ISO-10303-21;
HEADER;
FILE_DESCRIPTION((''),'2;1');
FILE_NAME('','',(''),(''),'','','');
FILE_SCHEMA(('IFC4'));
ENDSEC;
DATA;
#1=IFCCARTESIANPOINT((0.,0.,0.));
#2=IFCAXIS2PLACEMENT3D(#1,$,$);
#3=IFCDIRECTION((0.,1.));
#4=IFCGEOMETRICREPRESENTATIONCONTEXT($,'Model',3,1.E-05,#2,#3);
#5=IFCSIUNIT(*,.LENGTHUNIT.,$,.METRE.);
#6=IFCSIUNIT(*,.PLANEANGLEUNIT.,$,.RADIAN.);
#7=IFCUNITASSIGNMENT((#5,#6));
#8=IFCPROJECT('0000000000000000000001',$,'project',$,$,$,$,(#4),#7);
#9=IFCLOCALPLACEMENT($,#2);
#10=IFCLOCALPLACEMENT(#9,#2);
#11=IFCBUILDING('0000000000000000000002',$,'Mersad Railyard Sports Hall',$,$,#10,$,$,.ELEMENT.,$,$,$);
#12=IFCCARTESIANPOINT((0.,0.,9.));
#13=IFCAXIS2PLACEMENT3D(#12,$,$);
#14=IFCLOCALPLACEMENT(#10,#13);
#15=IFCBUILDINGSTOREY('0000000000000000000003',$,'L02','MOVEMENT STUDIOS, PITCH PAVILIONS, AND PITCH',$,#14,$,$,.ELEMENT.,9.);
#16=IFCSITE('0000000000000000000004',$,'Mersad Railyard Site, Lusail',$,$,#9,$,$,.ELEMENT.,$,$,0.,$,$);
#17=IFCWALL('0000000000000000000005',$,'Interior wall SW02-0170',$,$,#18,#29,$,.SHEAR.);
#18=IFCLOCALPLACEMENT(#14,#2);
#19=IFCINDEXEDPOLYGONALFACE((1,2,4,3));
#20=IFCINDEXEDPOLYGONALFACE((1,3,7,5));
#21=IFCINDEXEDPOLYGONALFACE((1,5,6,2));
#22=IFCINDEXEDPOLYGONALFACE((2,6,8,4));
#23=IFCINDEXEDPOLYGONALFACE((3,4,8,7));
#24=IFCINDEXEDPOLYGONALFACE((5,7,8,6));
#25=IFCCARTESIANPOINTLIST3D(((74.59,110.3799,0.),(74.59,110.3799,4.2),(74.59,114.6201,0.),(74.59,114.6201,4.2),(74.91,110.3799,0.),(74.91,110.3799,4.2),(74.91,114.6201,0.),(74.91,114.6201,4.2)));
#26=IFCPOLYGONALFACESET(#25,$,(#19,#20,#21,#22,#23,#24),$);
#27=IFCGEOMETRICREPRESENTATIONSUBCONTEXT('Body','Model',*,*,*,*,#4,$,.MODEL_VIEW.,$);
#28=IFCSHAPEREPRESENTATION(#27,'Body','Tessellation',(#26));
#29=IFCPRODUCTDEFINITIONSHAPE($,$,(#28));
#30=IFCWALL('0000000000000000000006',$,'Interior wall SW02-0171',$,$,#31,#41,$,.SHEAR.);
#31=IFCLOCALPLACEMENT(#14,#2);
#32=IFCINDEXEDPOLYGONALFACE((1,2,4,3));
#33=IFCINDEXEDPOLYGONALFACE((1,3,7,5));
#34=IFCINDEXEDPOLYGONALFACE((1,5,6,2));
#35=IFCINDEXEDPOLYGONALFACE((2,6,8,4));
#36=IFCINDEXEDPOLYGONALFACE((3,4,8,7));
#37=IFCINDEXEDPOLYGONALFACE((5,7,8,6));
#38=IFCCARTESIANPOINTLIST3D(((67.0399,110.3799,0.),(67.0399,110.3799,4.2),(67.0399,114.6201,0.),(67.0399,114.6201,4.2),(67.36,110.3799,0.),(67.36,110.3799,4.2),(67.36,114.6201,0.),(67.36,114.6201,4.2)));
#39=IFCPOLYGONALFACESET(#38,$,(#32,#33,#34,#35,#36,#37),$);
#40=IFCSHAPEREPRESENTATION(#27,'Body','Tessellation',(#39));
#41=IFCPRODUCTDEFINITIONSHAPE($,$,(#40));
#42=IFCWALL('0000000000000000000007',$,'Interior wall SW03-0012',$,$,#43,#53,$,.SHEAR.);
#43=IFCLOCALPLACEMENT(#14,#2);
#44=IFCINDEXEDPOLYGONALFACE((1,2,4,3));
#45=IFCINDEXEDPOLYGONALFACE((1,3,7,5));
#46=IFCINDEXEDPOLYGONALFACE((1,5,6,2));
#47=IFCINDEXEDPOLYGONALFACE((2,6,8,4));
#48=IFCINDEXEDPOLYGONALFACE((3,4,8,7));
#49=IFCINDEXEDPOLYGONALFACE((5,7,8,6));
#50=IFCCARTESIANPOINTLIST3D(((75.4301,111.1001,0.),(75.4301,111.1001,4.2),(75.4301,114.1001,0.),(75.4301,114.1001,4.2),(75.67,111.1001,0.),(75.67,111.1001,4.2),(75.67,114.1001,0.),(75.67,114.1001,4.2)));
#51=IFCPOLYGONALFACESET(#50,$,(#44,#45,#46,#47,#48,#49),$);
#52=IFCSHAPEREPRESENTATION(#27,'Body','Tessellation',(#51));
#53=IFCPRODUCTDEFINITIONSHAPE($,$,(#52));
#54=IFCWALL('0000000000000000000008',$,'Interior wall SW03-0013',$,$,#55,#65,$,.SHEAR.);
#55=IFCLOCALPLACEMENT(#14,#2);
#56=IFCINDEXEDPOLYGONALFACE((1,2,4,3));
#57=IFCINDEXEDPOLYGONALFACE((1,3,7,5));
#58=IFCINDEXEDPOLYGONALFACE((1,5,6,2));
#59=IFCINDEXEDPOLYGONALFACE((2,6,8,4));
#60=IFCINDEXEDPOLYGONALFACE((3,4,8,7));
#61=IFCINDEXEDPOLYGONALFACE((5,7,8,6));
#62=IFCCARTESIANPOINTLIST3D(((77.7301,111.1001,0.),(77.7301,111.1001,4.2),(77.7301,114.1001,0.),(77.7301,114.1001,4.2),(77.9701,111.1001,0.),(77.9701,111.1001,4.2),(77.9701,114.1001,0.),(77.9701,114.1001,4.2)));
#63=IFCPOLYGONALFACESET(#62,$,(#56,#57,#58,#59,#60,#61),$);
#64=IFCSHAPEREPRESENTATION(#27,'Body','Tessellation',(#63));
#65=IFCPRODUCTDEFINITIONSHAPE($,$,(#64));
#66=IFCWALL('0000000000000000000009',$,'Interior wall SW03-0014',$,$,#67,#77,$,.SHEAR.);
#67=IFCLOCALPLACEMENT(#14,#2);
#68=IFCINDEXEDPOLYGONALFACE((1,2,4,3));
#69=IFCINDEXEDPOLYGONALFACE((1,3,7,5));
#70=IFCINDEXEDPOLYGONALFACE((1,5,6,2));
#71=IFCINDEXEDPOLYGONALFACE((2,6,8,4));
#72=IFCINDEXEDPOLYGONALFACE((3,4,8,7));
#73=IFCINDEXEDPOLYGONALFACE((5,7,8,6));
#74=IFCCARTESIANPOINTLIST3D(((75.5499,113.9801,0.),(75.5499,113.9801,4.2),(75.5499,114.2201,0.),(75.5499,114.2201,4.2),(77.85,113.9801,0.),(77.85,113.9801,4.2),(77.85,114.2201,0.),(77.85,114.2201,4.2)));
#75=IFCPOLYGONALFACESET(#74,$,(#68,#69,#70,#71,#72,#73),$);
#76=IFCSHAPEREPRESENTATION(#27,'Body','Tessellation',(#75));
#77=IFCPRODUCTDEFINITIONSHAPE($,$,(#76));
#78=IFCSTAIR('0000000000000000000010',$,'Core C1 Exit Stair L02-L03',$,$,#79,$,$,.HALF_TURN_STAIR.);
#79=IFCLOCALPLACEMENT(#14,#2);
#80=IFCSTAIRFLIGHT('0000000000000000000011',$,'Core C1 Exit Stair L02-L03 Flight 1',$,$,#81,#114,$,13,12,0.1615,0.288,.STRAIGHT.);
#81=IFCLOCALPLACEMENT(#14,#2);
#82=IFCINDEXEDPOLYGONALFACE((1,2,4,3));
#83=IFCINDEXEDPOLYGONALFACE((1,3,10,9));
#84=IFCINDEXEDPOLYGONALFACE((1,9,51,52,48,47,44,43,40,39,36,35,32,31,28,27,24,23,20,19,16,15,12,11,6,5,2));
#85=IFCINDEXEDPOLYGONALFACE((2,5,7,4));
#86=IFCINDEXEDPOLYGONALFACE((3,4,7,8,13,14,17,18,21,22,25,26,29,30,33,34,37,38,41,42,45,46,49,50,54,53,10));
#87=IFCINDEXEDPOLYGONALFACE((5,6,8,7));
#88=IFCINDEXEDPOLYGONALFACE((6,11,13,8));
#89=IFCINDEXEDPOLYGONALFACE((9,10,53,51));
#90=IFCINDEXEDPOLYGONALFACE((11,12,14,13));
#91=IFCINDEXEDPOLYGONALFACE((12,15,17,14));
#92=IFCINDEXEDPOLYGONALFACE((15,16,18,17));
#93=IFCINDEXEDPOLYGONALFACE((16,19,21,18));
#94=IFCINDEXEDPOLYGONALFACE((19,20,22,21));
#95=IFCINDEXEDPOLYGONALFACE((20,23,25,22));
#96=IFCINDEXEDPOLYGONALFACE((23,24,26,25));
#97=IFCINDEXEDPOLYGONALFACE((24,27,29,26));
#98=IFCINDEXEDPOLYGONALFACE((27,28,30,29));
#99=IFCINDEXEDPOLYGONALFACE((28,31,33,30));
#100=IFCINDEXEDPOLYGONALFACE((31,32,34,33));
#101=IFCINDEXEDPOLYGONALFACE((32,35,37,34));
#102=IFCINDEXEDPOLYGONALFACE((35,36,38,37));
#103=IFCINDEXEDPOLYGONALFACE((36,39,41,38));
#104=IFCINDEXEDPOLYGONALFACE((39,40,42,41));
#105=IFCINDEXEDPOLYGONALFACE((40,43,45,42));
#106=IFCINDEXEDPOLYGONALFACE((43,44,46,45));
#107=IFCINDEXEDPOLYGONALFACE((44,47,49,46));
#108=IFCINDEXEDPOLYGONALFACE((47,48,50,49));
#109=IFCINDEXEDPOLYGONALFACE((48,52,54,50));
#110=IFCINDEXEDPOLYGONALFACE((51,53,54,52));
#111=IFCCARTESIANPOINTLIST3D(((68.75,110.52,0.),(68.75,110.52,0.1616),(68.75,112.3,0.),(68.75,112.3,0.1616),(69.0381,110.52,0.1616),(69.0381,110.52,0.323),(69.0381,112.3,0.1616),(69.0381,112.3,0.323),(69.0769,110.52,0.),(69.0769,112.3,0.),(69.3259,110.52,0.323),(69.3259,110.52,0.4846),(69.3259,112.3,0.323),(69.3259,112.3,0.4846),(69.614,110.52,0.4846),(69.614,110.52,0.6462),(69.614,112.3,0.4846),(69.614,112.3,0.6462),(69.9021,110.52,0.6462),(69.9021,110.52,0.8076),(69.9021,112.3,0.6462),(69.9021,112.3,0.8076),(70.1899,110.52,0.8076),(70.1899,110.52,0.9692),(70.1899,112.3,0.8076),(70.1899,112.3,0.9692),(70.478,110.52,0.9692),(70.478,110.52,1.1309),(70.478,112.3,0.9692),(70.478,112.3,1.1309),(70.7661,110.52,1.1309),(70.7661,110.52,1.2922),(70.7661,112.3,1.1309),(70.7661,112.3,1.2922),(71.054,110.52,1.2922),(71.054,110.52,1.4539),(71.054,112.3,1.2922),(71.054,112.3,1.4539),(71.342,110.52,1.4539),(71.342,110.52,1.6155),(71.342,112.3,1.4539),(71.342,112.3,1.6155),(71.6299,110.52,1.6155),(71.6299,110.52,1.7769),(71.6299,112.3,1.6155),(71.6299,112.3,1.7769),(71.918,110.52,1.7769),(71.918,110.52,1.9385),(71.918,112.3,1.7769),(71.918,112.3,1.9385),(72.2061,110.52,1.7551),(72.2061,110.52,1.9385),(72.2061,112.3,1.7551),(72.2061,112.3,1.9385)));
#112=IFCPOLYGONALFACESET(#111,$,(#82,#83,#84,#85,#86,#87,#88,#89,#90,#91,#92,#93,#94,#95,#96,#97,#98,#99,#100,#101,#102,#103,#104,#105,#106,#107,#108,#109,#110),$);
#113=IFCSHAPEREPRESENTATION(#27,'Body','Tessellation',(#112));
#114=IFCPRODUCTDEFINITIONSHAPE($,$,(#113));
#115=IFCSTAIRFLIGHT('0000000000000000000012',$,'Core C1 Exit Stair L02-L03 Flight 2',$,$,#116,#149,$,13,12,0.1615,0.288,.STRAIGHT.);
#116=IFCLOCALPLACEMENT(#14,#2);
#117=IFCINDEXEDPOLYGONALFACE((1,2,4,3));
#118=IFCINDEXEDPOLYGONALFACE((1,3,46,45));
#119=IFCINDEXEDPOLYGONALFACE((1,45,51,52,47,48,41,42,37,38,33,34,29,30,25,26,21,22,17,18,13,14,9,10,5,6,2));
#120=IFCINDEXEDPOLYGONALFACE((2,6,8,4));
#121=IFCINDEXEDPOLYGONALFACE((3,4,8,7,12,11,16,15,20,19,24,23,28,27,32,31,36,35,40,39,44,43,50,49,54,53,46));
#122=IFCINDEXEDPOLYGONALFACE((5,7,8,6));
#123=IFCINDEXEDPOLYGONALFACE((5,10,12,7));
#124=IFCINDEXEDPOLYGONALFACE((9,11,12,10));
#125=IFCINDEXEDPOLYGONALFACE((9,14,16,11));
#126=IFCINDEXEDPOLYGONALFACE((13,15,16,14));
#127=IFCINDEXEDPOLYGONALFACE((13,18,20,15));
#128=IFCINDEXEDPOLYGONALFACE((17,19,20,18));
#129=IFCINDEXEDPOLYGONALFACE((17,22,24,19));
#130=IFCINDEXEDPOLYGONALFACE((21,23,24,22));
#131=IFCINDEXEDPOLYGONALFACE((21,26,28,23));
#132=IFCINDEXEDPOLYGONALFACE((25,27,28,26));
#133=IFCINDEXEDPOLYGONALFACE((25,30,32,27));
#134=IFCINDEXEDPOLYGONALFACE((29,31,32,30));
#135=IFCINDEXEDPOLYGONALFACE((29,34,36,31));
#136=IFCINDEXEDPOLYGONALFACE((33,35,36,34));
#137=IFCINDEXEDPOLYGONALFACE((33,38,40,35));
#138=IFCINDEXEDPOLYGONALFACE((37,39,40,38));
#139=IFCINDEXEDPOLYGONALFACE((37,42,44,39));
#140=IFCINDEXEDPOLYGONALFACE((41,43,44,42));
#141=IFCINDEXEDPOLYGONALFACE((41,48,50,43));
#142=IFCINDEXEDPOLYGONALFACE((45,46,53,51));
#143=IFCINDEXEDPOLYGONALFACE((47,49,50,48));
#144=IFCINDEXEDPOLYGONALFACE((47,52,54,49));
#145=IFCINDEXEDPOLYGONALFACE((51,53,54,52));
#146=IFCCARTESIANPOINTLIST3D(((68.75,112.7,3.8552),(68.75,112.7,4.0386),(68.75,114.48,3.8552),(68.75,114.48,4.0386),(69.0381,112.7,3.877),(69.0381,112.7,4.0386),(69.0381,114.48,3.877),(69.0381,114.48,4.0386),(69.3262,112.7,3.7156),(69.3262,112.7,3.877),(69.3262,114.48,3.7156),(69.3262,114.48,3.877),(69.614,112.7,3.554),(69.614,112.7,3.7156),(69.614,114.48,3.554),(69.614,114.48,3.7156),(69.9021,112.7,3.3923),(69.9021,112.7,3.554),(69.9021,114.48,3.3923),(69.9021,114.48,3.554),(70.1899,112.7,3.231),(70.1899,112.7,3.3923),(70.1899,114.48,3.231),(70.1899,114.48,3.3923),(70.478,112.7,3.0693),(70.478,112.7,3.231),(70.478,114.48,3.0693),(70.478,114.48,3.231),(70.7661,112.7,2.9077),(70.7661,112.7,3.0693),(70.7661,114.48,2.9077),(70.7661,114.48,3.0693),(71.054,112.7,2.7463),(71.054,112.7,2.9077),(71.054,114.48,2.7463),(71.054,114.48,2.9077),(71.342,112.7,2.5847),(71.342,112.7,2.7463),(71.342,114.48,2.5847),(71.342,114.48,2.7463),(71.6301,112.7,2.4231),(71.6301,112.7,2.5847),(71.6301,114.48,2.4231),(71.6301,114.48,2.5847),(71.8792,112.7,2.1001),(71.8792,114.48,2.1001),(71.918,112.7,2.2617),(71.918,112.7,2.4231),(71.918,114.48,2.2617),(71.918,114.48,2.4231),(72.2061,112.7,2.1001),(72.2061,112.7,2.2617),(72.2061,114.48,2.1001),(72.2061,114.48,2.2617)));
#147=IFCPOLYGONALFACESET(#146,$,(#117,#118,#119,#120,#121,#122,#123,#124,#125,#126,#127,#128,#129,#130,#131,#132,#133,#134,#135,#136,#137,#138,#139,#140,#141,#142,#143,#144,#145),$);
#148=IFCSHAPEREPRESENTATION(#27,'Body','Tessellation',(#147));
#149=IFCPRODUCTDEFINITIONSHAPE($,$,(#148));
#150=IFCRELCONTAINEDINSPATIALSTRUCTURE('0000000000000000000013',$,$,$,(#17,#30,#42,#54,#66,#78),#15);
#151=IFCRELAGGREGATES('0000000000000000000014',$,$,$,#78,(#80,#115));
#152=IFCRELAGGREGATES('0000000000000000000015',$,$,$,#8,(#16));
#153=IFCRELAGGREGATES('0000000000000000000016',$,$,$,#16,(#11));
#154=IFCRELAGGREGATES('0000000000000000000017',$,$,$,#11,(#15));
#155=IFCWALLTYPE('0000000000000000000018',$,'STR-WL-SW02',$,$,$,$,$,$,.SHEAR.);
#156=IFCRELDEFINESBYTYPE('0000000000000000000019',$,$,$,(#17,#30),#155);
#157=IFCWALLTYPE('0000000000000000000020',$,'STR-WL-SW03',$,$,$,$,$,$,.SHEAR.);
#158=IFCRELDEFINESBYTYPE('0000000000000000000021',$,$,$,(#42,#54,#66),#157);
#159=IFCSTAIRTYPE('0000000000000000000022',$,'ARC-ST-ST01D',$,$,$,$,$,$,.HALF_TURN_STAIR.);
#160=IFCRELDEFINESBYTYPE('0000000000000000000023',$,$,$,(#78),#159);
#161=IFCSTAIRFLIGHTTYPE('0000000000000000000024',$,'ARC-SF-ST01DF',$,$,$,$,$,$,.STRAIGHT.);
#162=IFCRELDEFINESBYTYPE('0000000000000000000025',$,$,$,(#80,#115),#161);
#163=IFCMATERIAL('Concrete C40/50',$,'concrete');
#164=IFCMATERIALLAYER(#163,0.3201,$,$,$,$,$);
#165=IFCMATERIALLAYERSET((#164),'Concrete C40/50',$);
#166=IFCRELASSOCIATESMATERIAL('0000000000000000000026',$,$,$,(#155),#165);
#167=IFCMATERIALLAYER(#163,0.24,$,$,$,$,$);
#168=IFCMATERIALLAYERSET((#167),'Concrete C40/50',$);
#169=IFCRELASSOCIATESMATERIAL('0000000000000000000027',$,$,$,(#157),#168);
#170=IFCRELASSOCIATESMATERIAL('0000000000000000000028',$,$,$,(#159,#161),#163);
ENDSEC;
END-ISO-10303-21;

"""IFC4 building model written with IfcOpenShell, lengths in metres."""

from ifc_helpers import new_model, si_unit, direction, frame, frame_2d, origin, place, context, subcontext, project, spatial, polyline, rectangle, outline, extrude, material, layer, layer_set, type_object, element, aggregate, save


model = new_model("IFC4")

# Units and contexts
model_context = context("Model", 3, precision=1e-05, world=origin(), true_north=direction((0.0, 1.0)))
body_context = subcontext(model_context, "Body", "Model", "MODEL_VIEW")
ifc_project = project(units=[si_unit("LENGTHUNIT", "METRE"), si_unit("PLANEANGLEUNIT", "RADIAN")], contexts=[model_context])

# Site, building, storey
site_placement = place(None, origin())
site = spatial("IfcSite", under=ifc_project, at=site_placement, Name="Mersad Railyard Site, Lusail", CompositionType="ELEMENT", RefElevation=0.0)
building_placement = place(site_placement, origin())
building = spatial("IfcBuilding", under=site, at=building_placement, Name="Mersad Railyard Sports Hall", CompositionType="ELEMENT")
storey_placement = place(building_placement, frame((0.0, 0.0, 9.0)))
storey = spatial("IfcBuildingStorey", under=building, at=storey_placement, Name="L02", Description="MOVEMENT STUDIOS, PITCH PAVILIONS, AND PITCH", CompositionType="ELEMENT", Elevation=9.0)

# Shared definitions
ifc_material_1 = material(Name="Concrete C40/50", Category="concrete")

# Shared definitions
ifc_layer_1 = layer(ifc_material_1, 0.3201)
ifc_layer_set_1 = layer_set([ifc_layer_1], Name="Concrete C40/50")
wall_type_1 = type_object("IfcWallType", Name="STR-WL-SW02", PredefinedType="SHEAR", material=ifc_layer_set_1)

# Walls
for number, where, z_axis, x_axis, name in (
    (1, (74.75, 110.3799, 0.0), (0.0, 0.0, 1.0), (0.0, 1.0, 0.0), "Interior wall SW02-0170"),
    (2, (67.2, 114.6201, 0.0), (0.0, 0.0, 1.0), (0.0, -1.0, 0.0), "Interior wall SW02-0171"),
):
    element("IfcWall", number, at=place(storey_placement, frame(where, z_axis=z_axis, x_axis=x_axis)), inside=storey, type_object=wall_type_1, Name=name, PredefinedType="SHEAR", context=body_context, shape_type="SweptSolid", body=[
        extrude(rectangle(XDim=4.2402, YDim=0.3201, at=frame_2d((2.1201, 0.0))), origin(), (0.0, 0.0, 1.0), 4.2),
    ])
ifc_layer_2 = layer(ifc_material_1, 0.24)
ifc_layer_set_2 = layer_set([ifc_layer_2], Name="Concrete C40/50")
wall_type_2 = type_object("IfcWallType", Name="STR-WL-SW03", PredefinedType="SHEAR", material=ifc_layer_set_2)
for number, where, z_axis, x_axis, name in (
    (3, (75.55, 111.1001, 0.0), (0.0, 0.0, 1.0), (0.0, 1.0, 0.0), "Interior wall SW03-0012"),
    (4, (77.8501, 114.1001, 0.0), (0.0, 0.0, 1.0), (0.0, -1.0, 0.0), "Interior wall SW03-0013"),
):
    element("IfcWall", number, at=place(storey_placement, frame(where, z_axis=z_axis, x_axis=x_axis)), inside=storey, type_object=wall_type_2, Name=name, PredefinedType="SHEAR", context=body_context, shape_type="SweptSolid", body=[
        extrude(rectangle(XDim=3.0, YDim=0.24, at=frame_2d((1.5, 0.0))), origin(), (0.0, 0.0, 1.0), 4.2),
    ])
wall_1_placement = place(storey_placement, frame((75.55, 114.1001, 0.0), z_axis=(0.0, 0.0, 1.0), x_axis=(1.0, 0.0, 0.0)))
element("IfcWall", 5, at=wall_1_placement, inside=storey, type_object=wall_type_2, Name="Interior wall SW03-0014", PredefinedType="SHEAR", context=body_context, shape_type="SweptSolid", body=[
    extrude(rectangle(XDim=2.3, YDim=0.24, at=frame_2d((1.1499, 0.0))), origin(), (0.0, 0.0, 1.0), 4.2),
])

# Stair, stair flights
stair_type = type_object("IfcStairType", Name="ARC-ST-ST01D", PredefinedType="HALF_TURN_STAIR", material=ifc_material_1)
stair_placement = place(storey_placement, origin())
stair = element("IfcStair", 6, at=stair_placement, inside=storey, type_object=stair_type, Name="Core C1 Exit Stair L02-L03", PredefinedType="HALF_TURN_STAIR")
stair_flight_type = type_object("IfcStairFlightType", Name="ARC-SF-ST01DF", PredefinedType="STRAIGHT", material=ifc_material_1)
stair_flight_1_placement = place(storey_placement, frame((68.75, 111.4099, 0.0), z_axis=(0.0, 0.0, 1.0), x_axis=(1.0, 0.0, 0.0)))
stair_flight_1 = element("IfcStairFlight", 7, at=stair_flight_1_placement, type_object=stair_flight_type, Name="Core C1 Exit Stair L02-L03 Flight 1", NumberOfRisers=13, NumberOfTreads=12, PredefinedType="STRAIGHT", RiserHeight=0.1615, TreadLength=0.288, context=body_context, shape_type="SweptSolid", body=[
    extrude(outline(polyline([(0.0, 0.0), (0.0, 0.1616), (0.2881, 0.1616), (0.2881, 0.323), (0.5759, 0.323), (0.5759, 0.4846), (0.864, 0.4846), (0.864, 0.6462), (1.1521, 0.6462), (1.1521, 0.8076), (1.4399, 0.8076), (1.4399, 0.9692), (1.728, 0.9692), (1.728, 1.1309), (2.0161, 1.1309), (2.0161, 1.2922), (2.304, 1.2922), (2.304, 1.4539), (2.592, 1.4539), (2.592, 1.6155), (2.8799, 1.6155), (2.8799, 1.7769), (3.168, 1.7769), (3.168, 1.9385), (3.4561, 1.9385), (3.4561, 2.1001), (3.4561, 1.7551), (0.3269, 0.0), (0.0, 0.0)])), frame((0.0, 0.8901, 0.0), z_axis=(0.0, -1.0, 0.0), x_axis=(1.0, 0.0, 0.0)), (0.0, 0.0, 1.0), 1.78),
])
stair_flight_2_placement = place(storey_placement, frame((72.2061, 113.5901, 2.1001), z_axis=(0.0, 0.0, 1.0), x_axis=(-1.0, 0.0, 0.0)))
stair_flight_2 = element("IfcStairFlight", 8, at=stair_flight_2_placement, type_object=stair_flight_type, Name="Core C1 Exit Stair L02-L03 Flight 2", NumberOfRisers=13, NumberOfTreads=12, PredefinedType="STRAIGHT", RiserHeight=0.1615, TreadLength=0.288, context=body_context, shape_type="SweptSolid", body=[
    extrude(outline(polyline([(0.0, 0.0), (0.0, 0.1616), (0.2881, 0.1616), (0.2881, 0.323), (0.5759, 0.323), (0.5759, 0.4846), (0.864, 0.4846), (0.864, 0.6462), (1.1521, 0.6462), (1.1521, 0.8076), (1.4399, 0.8076), (1.4399, 0.9692), (1.728, 0.9692), (1.728, 1.1309), (2.0161, 1.1309), (2.0161, 1.2922), (2.304, 1.2922), (2.304, 1.4539), (2.592, 1.4539), (2.592, 1.6155), (2.8799, 1.6155), (2.8799, 1.7769), (3.168, 1.7769), (3.168, 1.9385), (3.4561, 1.9385), (3.4561, 2.1001), (3.4561, 1.7551), (0.3269, 0.0), (0.0, 0.0)])), frame((0.0, 0.8901, 0.0), z_axis=(0.0, -1.0, 0.0), x_axis=(1.0, 0.0, 0.0)), (0.0, 0.0, 1.0), 1.78),
])
aggregate(stair, [stair_flight_1, stair_flight_2])

save(model, "model.ifc")
